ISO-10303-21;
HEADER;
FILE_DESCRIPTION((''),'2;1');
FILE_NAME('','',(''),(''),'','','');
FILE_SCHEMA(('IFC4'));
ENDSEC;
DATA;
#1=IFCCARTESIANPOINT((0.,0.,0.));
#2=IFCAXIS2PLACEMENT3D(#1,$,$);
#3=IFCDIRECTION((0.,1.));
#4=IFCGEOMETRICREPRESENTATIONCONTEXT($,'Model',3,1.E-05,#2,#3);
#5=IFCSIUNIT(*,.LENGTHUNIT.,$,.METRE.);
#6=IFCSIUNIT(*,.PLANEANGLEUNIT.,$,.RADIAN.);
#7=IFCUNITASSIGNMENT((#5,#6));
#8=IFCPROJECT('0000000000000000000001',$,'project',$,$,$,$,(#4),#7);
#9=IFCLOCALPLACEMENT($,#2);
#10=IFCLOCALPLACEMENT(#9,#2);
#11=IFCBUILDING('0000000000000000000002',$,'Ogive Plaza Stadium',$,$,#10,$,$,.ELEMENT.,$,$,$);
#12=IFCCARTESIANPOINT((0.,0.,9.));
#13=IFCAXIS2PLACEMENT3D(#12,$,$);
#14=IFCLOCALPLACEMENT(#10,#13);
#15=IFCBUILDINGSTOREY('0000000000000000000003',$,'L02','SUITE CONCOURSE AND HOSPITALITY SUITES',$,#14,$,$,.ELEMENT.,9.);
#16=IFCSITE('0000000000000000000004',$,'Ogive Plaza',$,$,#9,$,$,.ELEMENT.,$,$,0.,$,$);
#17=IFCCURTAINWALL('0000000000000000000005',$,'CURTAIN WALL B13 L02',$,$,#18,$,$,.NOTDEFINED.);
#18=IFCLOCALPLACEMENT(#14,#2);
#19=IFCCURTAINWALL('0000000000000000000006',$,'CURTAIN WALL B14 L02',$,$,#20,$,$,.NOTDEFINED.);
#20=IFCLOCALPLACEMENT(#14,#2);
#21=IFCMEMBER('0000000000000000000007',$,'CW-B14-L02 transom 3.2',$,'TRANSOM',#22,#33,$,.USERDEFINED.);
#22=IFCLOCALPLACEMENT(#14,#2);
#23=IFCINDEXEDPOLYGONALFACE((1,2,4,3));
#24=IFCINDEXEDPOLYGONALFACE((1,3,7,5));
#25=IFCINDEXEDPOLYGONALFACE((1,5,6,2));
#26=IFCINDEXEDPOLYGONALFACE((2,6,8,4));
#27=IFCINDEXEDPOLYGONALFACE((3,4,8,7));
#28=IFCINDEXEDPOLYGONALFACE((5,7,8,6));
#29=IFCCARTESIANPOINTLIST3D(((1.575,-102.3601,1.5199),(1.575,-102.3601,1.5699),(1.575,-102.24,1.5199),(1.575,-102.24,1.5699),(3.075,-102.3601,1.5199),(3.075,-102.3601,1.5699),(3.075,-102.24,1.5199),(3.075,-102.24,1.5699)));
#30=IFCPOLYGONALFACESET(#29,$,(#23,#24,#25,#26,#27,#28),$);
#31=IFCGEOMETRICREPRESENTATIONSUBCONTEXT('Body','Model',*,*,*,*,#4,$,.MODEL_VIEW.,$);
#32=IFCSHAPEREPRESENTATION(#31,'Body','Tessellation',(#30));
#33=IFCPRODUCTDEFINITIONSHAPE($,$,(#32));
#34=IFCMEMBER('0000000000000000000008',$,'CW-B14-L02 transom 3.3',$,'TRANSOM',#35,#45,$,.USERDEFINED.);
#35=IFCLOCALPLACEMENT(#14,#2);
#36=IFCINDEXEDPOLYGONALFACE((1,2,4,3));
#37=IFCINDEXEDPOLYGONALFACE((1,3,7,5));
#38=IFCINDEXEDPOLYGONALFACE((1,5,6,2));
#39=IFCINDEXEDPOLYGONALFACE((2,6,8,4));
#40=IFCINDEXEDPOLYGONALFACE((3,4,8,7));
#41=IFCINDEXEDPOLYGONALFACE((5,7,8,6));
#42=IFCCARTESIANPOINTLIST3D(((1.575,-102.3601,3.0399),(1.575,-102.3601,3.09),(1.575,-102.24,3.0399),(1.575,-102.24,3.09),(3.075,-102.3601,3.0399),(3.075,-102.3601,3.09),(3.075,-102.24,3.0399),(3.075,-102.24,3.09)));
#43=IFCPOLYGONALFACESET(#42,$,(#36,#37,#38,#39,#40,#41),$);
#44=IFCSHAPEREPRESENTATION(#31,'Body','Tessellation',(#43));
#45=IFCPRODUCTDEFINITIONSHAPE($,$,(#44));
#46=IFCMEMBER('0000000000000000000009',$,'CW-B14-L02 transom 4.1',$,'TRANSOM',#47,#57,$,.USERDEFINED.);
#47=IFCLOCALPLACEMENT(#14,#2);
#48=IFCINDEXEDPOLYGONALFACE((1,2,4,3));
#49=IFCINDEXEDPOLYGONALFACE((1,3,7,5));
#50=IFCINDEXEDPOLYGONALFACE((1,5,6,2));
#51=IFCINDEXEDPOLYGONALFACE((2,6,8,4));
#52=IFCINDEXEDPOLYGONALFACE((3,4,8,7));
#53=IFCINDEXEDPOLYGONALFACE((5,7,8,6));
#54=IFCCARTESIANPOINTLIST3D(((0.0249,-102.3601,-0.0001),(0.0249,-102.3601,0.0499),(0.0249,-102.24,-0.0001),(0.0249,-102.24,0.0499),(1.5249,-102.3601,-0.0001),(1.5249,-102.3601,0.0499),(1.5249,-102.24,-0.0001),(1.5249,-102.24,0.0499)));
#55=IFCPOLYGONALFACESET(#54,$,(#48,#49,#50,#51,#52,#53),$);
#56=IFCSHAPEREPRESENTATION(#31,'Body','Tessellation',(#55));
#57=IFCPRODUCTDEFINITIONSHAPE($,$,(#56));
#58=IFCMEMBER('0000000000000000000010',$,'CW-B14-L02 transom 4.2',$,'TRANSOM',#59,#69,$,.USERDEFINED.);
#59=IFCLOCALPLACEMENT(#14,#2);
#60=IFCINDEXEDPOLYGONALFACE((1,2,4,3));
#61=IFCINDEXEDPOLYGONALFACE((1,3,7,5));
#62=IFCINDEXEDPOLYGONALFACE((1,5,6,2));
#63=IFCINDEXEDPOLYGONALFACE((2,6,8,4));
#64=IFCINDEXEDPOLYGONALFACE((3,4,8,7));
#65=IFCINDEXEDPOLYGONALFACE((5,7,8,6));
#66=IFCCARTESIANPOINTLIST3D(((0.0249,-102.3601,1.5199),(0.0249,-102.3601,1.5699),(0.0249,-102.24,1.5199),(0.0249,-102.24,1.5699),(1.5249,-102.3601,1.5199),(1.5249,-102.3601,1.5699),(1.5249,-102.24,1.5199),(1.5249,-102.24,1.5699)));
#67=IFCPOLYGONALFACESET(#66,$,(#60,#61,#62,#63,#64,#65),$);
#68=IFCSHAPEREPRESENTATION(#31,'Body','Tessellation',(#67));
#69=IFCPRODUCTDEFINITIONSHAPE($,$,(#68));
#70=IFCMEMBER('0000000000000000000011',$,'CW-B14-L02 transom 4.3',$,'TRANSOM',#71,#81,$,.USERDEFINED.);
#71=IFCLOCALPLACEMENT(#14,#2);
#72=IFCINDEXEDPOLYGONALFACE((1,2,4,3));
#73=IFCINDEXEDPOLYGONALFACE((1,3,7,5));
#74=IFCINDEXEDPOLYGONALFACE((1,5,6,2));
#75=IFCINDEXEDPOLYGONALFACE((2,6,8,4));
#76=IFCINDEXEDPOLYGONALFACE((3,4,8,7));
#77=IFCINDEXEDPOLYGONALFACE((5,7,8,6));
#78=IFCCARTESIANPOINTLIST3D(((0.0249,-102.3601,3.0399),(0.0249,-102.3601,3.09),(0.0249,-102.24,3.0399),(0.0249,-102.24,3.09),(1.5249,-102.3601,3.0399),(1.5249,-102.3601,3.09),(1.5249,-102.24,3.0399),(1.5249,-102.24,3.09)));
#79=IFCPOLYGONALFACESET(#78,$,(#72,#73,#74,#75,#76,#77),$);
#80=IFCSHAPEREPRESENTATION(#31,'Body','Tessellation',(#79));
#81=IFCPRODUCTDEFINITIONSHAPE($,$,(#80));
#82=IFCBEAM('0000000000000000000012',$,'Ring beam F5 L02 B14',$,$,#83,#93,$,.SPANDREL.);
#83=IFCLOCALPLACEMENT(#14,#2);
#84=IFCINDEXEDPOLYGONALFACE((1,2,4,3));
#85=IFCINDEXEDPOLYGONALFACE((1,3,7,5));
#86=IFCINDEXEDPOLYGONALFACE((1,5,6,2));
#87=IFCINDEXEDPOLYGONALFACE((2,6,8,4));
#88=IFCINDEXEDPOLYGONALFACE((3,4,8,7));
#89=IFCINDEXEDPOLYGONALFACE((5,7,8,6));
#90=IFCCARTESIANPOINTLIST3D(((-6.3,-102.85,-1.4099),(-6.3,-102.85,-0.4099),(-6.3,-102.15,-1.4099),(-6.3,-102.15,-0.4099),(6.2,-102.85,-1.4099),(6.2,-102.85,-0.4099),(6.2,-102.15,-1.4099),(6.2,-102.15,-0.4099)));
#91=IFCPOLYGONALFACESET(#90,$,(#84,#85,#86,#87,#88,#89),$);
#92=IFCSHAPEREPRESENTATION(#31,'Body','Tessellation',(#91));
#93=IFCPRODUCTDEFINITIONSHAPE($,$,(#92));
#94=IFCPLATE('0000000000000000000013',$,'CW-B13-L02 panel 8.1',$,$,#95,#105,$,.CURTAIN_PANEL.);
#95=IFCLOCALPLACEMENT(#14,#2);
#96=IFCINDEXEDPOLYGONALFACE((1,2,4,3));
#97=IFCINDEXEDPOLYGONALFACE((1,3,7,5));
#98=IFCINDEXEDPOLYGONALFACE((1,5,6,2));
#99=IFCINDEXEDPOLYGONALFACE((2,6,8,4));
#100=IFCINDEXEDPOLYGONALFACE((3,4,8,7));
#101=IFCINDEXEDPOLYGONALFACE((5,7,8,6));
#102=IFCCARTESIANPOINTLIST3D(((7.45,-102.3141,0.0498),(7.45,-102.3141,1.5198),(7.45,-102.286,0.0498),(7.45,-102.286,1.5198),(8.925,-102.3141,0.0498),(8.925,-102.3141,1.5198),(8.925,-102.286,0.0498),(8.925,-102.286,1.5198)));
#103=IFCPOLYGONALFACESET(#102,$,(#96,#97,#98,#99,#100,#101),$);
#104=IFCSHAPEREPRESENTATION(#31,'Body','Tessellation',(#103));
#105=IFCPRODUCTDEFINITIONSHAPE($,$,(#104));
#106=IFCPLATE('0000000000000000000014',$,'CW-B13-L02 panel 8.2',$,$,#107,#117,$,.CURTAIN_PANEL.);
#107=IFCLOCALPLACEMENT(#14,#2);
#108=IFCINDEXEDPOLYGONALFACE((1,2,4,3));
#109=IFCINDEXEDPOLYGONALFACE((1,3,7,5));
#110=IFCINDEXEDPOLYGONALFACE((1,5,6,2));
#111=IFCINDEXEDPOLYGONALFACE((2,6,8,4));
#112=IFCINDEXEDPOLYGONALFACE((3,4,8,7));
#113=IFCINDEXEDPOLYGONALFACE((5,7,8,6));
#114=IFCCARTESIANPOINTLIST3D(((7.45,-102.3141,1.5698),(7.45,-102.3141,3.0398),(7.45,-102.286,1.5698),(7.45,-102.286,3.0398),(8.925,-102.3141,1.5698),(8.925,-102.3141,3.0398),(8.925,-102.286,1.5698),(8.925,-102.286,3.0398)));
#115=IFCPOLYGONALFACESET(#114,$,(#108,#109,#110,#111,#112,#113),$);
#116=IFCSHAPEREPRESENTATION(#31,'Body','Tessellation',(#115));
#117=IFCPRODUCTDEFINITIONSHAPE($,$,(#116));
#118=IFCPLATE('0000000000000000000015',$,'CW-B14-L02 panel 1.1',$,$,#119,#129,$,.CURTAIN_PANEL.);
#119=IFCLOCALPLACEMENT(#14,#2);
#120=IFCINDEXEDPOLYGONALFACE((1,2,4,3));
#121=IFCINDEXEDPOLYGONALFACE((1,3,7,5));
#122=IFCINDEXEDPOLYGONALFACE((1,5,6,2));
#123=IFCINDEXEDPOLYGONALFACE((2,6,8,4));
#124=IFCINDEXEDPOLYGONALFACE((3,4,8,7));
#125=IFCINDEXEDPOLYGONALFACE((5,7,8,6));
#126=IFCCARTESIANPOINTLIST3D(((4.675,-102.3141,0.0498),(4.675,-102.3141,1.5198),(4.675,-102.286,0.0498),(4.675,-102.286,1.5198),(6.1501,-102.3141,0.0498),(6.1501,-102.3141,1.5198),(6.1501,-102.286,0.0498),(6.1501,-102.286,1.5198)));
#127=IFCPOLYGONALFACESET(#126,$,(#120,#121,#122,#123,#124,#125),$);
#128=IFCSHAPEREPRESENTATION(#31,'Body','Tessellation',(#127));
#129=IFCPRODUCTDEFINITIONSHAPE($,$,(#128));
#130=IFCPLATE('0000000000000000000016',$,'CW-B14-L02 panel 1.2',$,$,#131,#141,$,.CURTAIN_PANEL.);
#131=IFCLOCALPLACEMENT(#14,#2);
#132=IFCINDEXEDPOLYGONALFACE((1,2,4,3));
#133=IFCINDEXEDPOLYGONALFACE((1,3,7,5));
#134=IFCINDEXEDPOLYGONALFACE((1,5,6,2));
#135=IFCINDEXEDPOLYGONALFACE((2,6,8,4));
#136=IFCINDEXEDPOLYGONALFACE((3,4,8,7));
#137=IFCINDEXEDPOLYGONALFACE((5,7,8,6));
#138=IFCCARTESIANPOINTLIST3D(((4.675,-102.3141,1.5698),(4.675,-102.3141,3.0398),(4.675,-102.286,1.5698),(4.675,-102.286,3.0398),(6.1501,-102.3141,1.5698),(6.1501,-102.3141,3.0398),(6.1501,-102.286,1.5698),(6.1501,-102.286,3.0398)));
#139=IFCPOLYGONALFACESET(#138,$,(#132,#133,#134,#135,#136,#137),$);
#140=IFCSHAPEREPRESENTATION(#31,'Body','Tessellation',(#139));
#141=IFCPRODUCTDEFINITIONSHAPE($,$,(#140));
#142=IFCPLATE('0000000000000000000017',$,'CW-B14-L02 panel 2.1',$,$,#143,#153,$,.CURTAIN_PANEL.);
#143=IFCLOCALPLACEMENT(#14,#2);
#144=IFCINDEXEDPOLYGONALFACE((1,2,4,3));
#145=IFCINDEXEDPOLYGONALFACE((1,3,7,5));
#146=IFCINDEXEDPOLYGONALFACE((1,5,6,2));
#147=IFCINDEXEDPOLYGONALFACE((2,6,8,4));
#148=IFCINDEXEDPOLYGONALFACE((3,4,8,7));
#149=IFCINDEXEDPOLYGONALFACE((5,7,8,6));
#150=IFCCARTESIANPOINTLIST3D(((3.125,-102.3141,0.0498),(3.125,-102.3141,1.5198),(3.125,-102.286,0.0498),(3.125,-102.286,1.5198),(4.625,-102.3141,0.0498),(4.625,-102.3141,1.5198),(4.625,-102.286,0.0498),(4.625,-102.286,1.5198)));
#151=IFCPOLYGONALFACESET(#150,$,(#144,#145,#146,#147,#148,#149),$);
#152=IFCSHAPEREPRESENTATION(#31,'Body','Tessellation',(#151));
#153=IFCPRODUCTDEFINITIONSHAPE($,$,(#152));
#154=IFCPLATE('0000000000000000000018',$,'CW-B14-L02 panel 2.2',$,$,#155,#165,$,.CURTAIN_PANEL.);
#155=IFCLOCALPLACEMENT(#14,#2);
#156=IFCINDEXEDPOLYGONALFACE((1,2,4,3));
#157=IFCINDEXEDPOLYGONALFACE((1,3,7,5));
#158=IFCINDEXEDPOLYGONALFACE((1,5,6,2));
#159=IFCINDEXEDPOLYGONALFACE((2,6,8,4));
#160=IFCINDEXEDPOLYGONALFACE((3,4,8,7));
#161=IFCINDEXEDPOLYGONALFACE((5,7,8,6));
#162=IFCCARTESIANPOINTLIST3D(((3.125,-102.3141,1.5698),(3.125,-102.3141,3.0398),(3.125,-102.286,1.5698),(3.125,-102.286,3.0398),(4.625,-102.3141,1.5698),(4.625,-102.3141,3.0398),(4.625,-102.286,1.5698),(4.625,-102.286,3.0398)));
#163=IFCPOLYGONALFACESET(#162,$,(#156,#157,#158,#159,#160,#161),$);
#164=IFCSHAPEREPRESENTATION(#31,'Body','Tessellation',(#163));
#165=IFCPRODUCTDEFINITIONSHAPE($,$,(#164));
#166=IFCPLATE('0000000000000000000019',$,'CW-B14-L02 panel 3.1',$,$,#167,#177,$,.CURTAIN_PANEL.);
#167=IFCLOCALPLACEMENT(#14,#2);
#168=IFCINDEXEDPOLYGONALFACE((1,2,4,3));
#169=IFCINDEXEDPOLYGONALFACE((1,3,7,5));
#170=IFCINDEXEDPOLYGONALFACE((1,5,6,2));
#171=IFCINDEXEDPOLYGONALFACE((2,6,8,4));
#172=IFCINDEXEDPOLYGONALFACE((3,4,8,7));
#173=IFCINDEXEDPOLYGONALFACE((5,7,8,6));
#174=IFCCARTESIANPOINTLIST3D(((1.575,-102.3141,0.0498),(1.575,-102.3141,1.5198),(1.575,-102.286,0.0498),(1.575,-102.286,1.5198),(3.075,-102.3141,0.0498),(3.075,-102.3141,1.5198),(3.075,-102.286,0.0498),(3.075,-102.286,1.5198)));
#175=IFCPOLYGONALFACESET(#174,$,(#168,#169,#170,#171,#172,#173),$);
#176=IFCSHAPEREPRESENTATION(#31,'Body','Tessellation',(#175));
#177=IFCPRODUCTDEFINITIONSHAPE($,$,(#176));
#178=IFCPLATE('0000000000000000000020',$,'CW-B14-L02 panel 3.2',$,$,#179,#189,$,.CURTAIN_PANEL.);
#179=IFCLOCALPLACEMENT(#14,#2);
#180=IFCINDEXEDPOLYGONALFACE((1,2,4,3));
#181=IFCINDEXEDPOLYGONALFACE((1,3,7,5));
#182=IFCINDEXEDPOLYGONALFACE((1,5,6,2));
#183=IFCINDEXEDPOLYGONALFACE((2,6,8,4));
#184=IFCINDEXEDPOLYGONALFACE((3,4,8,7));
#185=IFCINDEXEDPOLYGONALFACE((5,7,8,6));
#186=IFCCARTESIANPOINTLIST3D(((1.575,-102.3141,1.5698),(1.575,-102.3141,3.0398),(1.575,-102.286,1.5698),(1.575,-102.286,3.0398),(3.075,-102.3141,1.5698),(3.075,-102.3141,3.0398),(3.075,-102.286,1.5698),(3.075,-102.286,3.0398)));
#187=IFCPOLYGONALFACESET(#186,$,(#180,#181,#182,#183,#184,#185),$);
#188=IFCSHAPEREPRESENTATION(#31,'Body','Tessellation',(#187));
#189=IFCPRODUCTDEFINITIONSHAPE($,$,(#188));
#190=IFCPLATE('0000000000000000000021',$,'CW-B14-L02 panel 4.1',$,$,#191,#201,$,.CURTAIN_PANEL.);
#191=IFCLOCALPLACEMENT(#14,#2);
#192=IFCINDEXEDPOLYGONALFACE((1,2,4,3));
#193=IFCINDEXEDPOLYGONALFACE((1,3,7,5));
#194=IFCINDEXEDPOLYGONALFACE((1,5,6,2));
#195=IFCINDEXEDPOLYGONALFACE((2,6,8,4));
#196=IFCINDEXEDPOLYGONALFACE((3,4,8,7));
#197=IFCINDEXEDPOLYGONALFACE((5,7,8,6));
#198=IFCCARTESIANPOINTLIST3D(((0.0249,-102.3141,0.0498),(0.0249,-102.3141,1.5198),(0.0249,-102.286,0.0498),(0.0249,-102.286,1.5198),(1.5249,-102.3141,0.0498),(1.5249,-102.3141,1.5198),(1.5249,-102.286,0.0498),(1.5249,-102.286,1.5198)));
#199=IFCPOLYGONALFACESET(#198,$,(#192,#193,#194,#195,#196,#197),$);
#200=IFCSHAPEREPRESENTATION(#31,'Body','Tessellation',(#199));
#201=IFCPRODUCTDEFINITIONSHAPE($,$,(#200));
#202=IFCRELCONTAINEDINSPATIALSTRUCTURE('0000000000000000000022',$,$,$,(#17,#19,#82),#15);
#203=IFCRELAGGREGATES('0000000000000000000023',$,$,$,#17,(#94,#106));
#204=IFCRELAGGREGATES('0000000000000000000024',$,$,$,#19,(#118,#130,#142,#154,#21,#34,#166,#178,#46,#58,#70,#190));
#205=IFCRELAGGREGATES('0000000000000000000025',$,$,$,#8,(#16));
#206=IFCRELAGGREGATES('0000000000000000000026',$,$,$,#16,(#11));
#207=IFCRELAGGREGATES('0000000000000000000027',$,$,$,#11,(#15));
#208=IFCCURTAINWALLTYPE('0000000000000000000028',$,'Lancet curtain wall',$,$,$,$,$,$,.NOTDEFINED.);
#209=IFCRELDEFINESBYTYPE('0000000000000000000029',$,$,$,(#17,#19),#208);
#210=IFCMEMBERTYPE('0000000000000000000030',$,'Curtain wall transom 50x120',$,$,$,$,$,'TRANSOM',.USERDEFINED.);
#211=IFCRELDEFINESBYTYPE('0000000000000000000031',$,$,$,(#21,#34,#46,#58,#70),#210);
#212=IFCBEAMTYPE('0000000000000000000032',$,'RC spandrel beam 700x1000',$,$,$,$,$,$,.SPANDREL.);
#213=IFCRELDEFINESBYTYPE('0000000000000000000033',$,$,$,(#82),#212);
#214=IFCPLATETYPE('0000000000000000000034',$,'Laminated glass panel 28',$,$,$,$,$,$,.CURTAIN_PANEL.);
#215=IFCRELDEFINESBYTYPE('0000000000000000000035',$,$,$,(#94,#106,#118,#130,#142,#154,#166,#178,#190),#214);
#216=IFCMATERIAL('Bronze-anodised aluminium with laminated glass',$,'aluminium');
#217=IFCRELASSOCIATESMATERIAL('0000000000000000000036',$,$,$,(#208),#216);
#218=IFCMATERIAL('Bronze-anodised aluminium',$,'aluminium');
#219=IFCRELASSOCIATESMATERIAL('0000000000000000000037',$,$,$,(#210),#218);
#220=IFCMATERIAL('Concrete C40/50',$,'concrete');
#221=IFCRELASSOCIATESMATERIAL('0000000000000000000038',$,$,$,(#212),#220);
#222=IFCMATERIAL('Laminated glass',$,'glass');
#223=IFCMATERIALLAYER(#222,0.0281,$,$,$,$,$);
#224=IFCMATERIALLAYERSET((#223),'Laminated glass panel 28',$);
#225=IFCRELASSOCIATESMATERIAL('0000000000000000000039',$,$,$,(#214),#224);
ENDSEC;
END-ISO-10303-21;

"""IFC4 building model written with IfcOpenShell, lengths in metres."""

from ifc_helpers import new_model, si_unit, direction, frame, origin, origin_2d, place, context, subcontext, project, spatial, rectangle, extrude, material, layer, layer_set, material_profile, profile_set, type_object, element, aggregate, save


model = new_model("IFC4")

# Units and contexts
model_context = context("Model", 3, precision=1e-05, world=origin(), true_north=direction((0.0, 1.0)))
body_context = subcontext(model_context, "Body", "Model", "MODEL_VIEW")
ifc_project = project(units=[si_unit("LENGTHUNIT", "METRE"), si_unit("PLANEANGLEUNIT", "RADIAN")], contexts=[model_context])

# Site, building, storey
site_placement = place(None, origin())
site = spatial("IfcSite", under=ifc_project, at=site_placement, Name="Ogive Plaza", CompositionType="ELEMENT", RefElevation=0.0)
building_placement = place(site_placement, origin())
building = spatial("IfcBuilding", under=site, at=building_placement, Name="Ogive Plaza Stadium", CompositionType="ELEMENT")
storey_placement = place(building_placement, frame((0.0, 0.0, 9.0)))
storey = spatial("IfcBuildingStorey", under=building, at=storey_placement, Name="L02", Description="SUITE CONCOURSE AND HOSPITALITY SUITES", CompositionType="ELEMENT", Elevation=9.0)

# Curtain wall
ifc_material_1 = material(Name="Bronze-anodised aluminium with laminated glass", Category="aluminium")
curtain_wall_type = type_object("IfcCurtainWallType", Name="Lancet curtain wall", PredefinedType="NOTDEFINED", material=ifc_material_1)
curtain_wall_1_placement = place(storey_placement, origin())
curtain_wall_1 = element("IfcCurtainWall", 1, at=curtain_wall_1_placement, inside=storey, type_object=curtain_wall_type, Name="CURTAIN WALL B13 L02", PredefinedType="NOTDEFINED")

# Curtain wall
curtain_wall_2_placement = place(storey_placement, origin())
curtain_wall_2 = element("IfcCurtainWall", 2, at=curtain_wall_2_placement, inside=storey, type_object=curtain_wall_type, Name="CURTAIN WALL B14 L02", PredefinedType="NOTDEFINED")

# Members
ifc_material_2 = material(Name="Bronze-anodised aluminium", Category="aluminium")
ifc_material_profile_1 = material_profile(ifc_material_2, rectangle(XDim=0.1201, YDim=0.05, at=origin_2d()), Name="AL 120x50")
ifc_profile_set_1 = profile_set([ifc_material_profile_1], Name="Bronze-anodised aluminium")
member_type_1 = type_object("IfcMemberType", Name="Curtain wall transom 50x120", ElementType="TRANSOM", PredefinedType="USERDEFINED", material=ifc_profile_set_1)
member_1_placement = place(storey_placement, frame((3.075, -102.3, 1.5449), z_axis=(-1.0, 0.0, 0.0), x_axis=(0.0, -1.0, 0.0)))
member_1 = element("IfcMember", 3, at=member_1_placement, type_object=member_type_1, Name="CW-B14-L02 transom 3.2", ObjectType="TRANSOM", PredefinedType="USERDEFINED", context=body_context, shape_type="SweptSolid", body=[
    extrude(rectangle(XDim=0.1201, YDim=0.05, at=origin_2d()), origin(), (0.0, 0.0, 1.0), 1.5),
])
member_2_placement = place(storey_placement, frame((3.075, -102.3, 3.0649), z_axis=(-1.0, 0.0, 0.0), x_axis=(0.0, -1.0, 0.0)))
member_2 = element("IfcMember", 4, at=member_2_placement, type_object=member_type_1, Name="CW-B14-L02 transom 3.3", ObjectType="TRANSOM", PredefinedType="USERDEFINED", context=body_context, shape_type="SweptSolid", body=[
    extrude(rectangle(XDim=0.1201, YDim=0.05, at=origin_2d()), origin(), (0.0, 0.0, 1.0), 1.5),
])
member_3_placement = place(storey_placement, frame((1.5249, -102.3, 0.0249), z_axis=(-1.0, 0.0, 0.0), x_axis=(0.0, -1.0, 0.0)))
member_3 = element("IfcMember", 5, at=member_3_placement, type_object=member_type_1, Name="CW-B14-L02 transom 4.1", ObjectType="TRANSOM", PredefinedType="USERDEFINED", context=body_context, shape_type="SweptSolid", body=[
    extrude(rectangle(XDim=0.1201, YDim=0.05, at=origin_2d()), origin(), (0.0, 0.0, 1.0), 1.5),
])
member_4_placement = place(storey_placement, frame((1.5249, -102.3, 1.5449), z_axis=(-1.0, 0.0, 0.0), x_axis=(0.0, -1.0, 0.0)))
member_4 = element("IfcMember", 6, at=member_4_placement, type_object=member_type_1, Name="CW-B14-L02 transom 4.2", ObjectType="TRANSOM", PredefinedType="USERDEFINED", context=body_context, shape_type="SweptSolid", body=[
    extrude(rectangle(XDim=0.1201, YDim=0.05, at=origin_2d()), origin(), (0.0, 0.0, 1.0), 1.5),
])
member_5_placement = place(storey_placement, frame((1.5249, -102.3, 3.0649), z_axis=(-1.0, 0.0, 0.0), x_axis=(0.0, -1.0, 0.0)))
member_5 = element("IfcMember", 7, at=member_5_placement, type_object=member_type_1, Name="CW-B14-L02 transom 4.3", ObjectType="TRANSOM", PredefinedType="USERDEFINED", context=body_context, shape_type="SweptSolid", body=[
    extrude(rectangle(XDim=0.1201, YDim=0.05, at=origin_2d()), origin(), (0.0, 0.0, 1.0), 1.5),
])

# Beam
ifc_material_3 = material(Name="Concrete C40/50", Category="concrete")
ifc_material_profile_2 = material_profile(ifc_material_3, rectangle(XDim=0.7, YDim=1.0, at=origin_2d()), Name="RC 700x1000")
ifc_profile_set_2 = profile_set([ifc_material_profile_2], Name="Concrete C40/50")
beam_type = type_object("IfcBeamType", Name="RC spandrel beam 700x1000", PredefinedType="SPANDREL", material=ifc_profile_set_2)
beam_placement = place(storey_placement, frame((6.2, -102.5, -0.9099), z_axis=(-1.0, 0.0, 0.0), x_axis=(0.0, -1.0, 0.0)))
element("IfcBeam", 8, at=beam_placement, inside=storey, type_object=beam_type, Name="Ring beam F5 L02 B14", PredefinedType="SPANDREL", context=body_context, shape_type="SweptSolid", body=[
    extrude(rectangle(XDim=0.7, YDim=1.0, at=origin_2d()), origin(), (0.0, 0.0, 1.0), 12.5),
])

# Plates
ifc_material_4 = material(Name="Laminated glass", Category="glass")
ifc_layer = layer(ifc_material_4, 0.0281)
ifc_layer_set = layer_set([ifc_layer], Name="Laminated glass panel 28")
plate_type = type_object("IfcPlateType", Name="Laminated glass panel 28", PredefinedType="CURTAIN_PANEL", material=ifc_layer_set)
plate_1_placement = place(storey_placement, frame((8.1875, -102.3, 0.0498), z_axis=(0.0, 0.0, 1.0), x_axis=(-1.0, 0.0, 0.0)))
plate_1 = element("IfcPlate", 9, at=plate_1_placement, type_object=plate_type, Name="CW-B13-L02 panel 8.1", PredefinedType="CURTAIN_PANEL", context=body_context, shape_type="SweptSolid", body=[
    extrude(rectangle(XDim=1.4751, YDim=0.0281, at=origin_2d()), origin(), (0.0, 0.0, 1.0), 1.47),
])
plate_2_placement = place(storey_placement, frame((8.1875, -102.3, 1.5698), z_axis=(0.0, 0.0, 1.0), x_axis=(-1.0, 0.0, 0.0)))
plate_2 = element("IfcPlate", 10, at=plate_2_placement, type_object=plate_type, Name="CW-B13-L02 panel 8.2", PredefinedType="CURTAIN_PANEL", context=body_context, shape_type="SweptSolid", body=[
    extrude(rectangle(XDim=1.4751, YDim=0.0281, at=origin_2d()), origin(), (0.0, 0.0, 1.0), 1.47),
])
aggregate(curtain_wall_1, [plate_1, plate_2])
plate_3_placement = place(storey_placement, frame((5.4126, -102.3, 0.0498), z_axis=(0.0, 0.0, 1.0), x_axis=(-1.0, 0.0, 0.0)))
plate_3 = element("IfcPlate", 11, at=plate_3_placement, type_object=plate_type, Name="CW-B14-L02 panel 1.1", PredefinedType="CURTAIN_PANEL", context=body_context, shape_type="SweptSolid", body=[
    extrude(rectangle(XDim=1.4751, YDim=0.0281, at=origin_2d()), origin(), (0.0, 0.0, 1.0), 1.47),
])
plate_4_placement = place(storey_placement, frame((5.4126, -102.3, 1.5698), z_axis=(0.0, 0.0, 1.0), x_axis=(-1.0, 0.0, 0.0)))
plate_4 = element("IfcPlate", 12, at=plate_4_placement, type_object=plate_type, Name="CW-B14-L02 panel 1.2", PredefinedType="CURTAIN_PANEL", context=body_context, shape_type="SweptSolid", body=[
    extrude(rectangle(XDim=1.4751, YDim=0.0281, at=origin_2d()), origin(), (0.0, 0.0, 1.0), 1.47),
])
plate_5_placement = place(storey_placement, frame((3.875, -102.3, 0.0498), z_axis=(0.0, 0.0, 1.0), x_axis=(-1.0, 0.0, 0.0)))
plate_5 = element("IfcPlate", 13, at=plate_5_placement, type_object=plate_type, Name="CW-B14-L02 panel 2.1", PredefinedType="CURTAIN_PANEL", context=body_context, shape_type="SweptSolid", body=[
    extrude(rectangle(XDim=1.5, YDim=0.0281, at=origin_2d()), origin(), (0.0, 0.0, 1.0), 1.47),
])
plate_6_placement = place(storey_placement, frame((3.875, -102.3, 1.5698), z_axis=(0.0, 0.0, 1.0), x_axis=(-1.0, 0.0, 0.0)))
plate_6 = element("IfcPlate", 14, at=plate_6_placement, type_object=plate_type, Name="CW-B14-L02 panel 2.2", PredefinedType="CURTAIN_PANEL", context=body_context, shape_type="SweptSolid", body=[
    extrude(rectangle(XDim=1.5, YDim=0.0281, at=origin_2d()), origin(), (0.0, 0.0, 1.0), 1.47),
])
plate_7_placement = place(storey_placement, frame((2.325, -102.3, 0.0498), z_axis=(0.0, 0.0, 1.0), x_axis=(-1.0, 0.0, 0.0)))
plate_7 = element("IfcPlate", 15, at=plate_7_placement, type_object=plate_type, Name="CW-B14-L02 panel 3.1", PredefinedType="CURTAIN_PANEL", context=body_context, shape_type="SweptSolid", body=[
    extrude(rectangle(XDim=1.5, YDim=0.0281, at=origin_2d()), origin(), (0.0, 0.0, 1.0), 1.47),
])
plate_8_placement = place(storey_placement, frame((2.325, -102.3, 1.5698), z_axis=(0.0, 0.0, 1.0), x_axis=(-1.0, 0.0, 0.0)))
plate_8 = element("IfcPlate", 16, at=plate_8_placement, type_object=plate_type, Name="CW-B14-L02 panel 3.2", PredefinedType="CURTAIN_PANEL", context=body_context, shape_type="SweptSolid", body=[
    extrude(rectangle(XDim=1.5, YDim=0.0281, at=origin_2d()), origin(), (0.0, 0.0, 1.0), 1.47),
])
plate_9_placement = place(storey_placement, frame((0.7749, -102.3, 0.0498), z_axis=(0.0, 0.0, 1.0), x_axis=(-1.0, 0.0, 0.0)))
plate_9 = element("IfcPlate", 17, at=plate_9_placement, type_object=plate_type, Name="CW-B14-L02 panel 4.1", PredefinedType="CURTAIN_PANEL", context=body_context, shape_type="SweptSolid", body=[
    extrude(rectangle(XDim=1.5, YDim=0.0281, at=origin_2d()), origin(), (0.0, 0.0, 1.0), 1.47),
])
aggregate(curtain_wall_2, [plate_3, plate_4, plate_5, plate_6, member_1, member_2, plate_7, plate_8, member_3, member_4, member_5, plate_9])

save(model, "model.ifc")
